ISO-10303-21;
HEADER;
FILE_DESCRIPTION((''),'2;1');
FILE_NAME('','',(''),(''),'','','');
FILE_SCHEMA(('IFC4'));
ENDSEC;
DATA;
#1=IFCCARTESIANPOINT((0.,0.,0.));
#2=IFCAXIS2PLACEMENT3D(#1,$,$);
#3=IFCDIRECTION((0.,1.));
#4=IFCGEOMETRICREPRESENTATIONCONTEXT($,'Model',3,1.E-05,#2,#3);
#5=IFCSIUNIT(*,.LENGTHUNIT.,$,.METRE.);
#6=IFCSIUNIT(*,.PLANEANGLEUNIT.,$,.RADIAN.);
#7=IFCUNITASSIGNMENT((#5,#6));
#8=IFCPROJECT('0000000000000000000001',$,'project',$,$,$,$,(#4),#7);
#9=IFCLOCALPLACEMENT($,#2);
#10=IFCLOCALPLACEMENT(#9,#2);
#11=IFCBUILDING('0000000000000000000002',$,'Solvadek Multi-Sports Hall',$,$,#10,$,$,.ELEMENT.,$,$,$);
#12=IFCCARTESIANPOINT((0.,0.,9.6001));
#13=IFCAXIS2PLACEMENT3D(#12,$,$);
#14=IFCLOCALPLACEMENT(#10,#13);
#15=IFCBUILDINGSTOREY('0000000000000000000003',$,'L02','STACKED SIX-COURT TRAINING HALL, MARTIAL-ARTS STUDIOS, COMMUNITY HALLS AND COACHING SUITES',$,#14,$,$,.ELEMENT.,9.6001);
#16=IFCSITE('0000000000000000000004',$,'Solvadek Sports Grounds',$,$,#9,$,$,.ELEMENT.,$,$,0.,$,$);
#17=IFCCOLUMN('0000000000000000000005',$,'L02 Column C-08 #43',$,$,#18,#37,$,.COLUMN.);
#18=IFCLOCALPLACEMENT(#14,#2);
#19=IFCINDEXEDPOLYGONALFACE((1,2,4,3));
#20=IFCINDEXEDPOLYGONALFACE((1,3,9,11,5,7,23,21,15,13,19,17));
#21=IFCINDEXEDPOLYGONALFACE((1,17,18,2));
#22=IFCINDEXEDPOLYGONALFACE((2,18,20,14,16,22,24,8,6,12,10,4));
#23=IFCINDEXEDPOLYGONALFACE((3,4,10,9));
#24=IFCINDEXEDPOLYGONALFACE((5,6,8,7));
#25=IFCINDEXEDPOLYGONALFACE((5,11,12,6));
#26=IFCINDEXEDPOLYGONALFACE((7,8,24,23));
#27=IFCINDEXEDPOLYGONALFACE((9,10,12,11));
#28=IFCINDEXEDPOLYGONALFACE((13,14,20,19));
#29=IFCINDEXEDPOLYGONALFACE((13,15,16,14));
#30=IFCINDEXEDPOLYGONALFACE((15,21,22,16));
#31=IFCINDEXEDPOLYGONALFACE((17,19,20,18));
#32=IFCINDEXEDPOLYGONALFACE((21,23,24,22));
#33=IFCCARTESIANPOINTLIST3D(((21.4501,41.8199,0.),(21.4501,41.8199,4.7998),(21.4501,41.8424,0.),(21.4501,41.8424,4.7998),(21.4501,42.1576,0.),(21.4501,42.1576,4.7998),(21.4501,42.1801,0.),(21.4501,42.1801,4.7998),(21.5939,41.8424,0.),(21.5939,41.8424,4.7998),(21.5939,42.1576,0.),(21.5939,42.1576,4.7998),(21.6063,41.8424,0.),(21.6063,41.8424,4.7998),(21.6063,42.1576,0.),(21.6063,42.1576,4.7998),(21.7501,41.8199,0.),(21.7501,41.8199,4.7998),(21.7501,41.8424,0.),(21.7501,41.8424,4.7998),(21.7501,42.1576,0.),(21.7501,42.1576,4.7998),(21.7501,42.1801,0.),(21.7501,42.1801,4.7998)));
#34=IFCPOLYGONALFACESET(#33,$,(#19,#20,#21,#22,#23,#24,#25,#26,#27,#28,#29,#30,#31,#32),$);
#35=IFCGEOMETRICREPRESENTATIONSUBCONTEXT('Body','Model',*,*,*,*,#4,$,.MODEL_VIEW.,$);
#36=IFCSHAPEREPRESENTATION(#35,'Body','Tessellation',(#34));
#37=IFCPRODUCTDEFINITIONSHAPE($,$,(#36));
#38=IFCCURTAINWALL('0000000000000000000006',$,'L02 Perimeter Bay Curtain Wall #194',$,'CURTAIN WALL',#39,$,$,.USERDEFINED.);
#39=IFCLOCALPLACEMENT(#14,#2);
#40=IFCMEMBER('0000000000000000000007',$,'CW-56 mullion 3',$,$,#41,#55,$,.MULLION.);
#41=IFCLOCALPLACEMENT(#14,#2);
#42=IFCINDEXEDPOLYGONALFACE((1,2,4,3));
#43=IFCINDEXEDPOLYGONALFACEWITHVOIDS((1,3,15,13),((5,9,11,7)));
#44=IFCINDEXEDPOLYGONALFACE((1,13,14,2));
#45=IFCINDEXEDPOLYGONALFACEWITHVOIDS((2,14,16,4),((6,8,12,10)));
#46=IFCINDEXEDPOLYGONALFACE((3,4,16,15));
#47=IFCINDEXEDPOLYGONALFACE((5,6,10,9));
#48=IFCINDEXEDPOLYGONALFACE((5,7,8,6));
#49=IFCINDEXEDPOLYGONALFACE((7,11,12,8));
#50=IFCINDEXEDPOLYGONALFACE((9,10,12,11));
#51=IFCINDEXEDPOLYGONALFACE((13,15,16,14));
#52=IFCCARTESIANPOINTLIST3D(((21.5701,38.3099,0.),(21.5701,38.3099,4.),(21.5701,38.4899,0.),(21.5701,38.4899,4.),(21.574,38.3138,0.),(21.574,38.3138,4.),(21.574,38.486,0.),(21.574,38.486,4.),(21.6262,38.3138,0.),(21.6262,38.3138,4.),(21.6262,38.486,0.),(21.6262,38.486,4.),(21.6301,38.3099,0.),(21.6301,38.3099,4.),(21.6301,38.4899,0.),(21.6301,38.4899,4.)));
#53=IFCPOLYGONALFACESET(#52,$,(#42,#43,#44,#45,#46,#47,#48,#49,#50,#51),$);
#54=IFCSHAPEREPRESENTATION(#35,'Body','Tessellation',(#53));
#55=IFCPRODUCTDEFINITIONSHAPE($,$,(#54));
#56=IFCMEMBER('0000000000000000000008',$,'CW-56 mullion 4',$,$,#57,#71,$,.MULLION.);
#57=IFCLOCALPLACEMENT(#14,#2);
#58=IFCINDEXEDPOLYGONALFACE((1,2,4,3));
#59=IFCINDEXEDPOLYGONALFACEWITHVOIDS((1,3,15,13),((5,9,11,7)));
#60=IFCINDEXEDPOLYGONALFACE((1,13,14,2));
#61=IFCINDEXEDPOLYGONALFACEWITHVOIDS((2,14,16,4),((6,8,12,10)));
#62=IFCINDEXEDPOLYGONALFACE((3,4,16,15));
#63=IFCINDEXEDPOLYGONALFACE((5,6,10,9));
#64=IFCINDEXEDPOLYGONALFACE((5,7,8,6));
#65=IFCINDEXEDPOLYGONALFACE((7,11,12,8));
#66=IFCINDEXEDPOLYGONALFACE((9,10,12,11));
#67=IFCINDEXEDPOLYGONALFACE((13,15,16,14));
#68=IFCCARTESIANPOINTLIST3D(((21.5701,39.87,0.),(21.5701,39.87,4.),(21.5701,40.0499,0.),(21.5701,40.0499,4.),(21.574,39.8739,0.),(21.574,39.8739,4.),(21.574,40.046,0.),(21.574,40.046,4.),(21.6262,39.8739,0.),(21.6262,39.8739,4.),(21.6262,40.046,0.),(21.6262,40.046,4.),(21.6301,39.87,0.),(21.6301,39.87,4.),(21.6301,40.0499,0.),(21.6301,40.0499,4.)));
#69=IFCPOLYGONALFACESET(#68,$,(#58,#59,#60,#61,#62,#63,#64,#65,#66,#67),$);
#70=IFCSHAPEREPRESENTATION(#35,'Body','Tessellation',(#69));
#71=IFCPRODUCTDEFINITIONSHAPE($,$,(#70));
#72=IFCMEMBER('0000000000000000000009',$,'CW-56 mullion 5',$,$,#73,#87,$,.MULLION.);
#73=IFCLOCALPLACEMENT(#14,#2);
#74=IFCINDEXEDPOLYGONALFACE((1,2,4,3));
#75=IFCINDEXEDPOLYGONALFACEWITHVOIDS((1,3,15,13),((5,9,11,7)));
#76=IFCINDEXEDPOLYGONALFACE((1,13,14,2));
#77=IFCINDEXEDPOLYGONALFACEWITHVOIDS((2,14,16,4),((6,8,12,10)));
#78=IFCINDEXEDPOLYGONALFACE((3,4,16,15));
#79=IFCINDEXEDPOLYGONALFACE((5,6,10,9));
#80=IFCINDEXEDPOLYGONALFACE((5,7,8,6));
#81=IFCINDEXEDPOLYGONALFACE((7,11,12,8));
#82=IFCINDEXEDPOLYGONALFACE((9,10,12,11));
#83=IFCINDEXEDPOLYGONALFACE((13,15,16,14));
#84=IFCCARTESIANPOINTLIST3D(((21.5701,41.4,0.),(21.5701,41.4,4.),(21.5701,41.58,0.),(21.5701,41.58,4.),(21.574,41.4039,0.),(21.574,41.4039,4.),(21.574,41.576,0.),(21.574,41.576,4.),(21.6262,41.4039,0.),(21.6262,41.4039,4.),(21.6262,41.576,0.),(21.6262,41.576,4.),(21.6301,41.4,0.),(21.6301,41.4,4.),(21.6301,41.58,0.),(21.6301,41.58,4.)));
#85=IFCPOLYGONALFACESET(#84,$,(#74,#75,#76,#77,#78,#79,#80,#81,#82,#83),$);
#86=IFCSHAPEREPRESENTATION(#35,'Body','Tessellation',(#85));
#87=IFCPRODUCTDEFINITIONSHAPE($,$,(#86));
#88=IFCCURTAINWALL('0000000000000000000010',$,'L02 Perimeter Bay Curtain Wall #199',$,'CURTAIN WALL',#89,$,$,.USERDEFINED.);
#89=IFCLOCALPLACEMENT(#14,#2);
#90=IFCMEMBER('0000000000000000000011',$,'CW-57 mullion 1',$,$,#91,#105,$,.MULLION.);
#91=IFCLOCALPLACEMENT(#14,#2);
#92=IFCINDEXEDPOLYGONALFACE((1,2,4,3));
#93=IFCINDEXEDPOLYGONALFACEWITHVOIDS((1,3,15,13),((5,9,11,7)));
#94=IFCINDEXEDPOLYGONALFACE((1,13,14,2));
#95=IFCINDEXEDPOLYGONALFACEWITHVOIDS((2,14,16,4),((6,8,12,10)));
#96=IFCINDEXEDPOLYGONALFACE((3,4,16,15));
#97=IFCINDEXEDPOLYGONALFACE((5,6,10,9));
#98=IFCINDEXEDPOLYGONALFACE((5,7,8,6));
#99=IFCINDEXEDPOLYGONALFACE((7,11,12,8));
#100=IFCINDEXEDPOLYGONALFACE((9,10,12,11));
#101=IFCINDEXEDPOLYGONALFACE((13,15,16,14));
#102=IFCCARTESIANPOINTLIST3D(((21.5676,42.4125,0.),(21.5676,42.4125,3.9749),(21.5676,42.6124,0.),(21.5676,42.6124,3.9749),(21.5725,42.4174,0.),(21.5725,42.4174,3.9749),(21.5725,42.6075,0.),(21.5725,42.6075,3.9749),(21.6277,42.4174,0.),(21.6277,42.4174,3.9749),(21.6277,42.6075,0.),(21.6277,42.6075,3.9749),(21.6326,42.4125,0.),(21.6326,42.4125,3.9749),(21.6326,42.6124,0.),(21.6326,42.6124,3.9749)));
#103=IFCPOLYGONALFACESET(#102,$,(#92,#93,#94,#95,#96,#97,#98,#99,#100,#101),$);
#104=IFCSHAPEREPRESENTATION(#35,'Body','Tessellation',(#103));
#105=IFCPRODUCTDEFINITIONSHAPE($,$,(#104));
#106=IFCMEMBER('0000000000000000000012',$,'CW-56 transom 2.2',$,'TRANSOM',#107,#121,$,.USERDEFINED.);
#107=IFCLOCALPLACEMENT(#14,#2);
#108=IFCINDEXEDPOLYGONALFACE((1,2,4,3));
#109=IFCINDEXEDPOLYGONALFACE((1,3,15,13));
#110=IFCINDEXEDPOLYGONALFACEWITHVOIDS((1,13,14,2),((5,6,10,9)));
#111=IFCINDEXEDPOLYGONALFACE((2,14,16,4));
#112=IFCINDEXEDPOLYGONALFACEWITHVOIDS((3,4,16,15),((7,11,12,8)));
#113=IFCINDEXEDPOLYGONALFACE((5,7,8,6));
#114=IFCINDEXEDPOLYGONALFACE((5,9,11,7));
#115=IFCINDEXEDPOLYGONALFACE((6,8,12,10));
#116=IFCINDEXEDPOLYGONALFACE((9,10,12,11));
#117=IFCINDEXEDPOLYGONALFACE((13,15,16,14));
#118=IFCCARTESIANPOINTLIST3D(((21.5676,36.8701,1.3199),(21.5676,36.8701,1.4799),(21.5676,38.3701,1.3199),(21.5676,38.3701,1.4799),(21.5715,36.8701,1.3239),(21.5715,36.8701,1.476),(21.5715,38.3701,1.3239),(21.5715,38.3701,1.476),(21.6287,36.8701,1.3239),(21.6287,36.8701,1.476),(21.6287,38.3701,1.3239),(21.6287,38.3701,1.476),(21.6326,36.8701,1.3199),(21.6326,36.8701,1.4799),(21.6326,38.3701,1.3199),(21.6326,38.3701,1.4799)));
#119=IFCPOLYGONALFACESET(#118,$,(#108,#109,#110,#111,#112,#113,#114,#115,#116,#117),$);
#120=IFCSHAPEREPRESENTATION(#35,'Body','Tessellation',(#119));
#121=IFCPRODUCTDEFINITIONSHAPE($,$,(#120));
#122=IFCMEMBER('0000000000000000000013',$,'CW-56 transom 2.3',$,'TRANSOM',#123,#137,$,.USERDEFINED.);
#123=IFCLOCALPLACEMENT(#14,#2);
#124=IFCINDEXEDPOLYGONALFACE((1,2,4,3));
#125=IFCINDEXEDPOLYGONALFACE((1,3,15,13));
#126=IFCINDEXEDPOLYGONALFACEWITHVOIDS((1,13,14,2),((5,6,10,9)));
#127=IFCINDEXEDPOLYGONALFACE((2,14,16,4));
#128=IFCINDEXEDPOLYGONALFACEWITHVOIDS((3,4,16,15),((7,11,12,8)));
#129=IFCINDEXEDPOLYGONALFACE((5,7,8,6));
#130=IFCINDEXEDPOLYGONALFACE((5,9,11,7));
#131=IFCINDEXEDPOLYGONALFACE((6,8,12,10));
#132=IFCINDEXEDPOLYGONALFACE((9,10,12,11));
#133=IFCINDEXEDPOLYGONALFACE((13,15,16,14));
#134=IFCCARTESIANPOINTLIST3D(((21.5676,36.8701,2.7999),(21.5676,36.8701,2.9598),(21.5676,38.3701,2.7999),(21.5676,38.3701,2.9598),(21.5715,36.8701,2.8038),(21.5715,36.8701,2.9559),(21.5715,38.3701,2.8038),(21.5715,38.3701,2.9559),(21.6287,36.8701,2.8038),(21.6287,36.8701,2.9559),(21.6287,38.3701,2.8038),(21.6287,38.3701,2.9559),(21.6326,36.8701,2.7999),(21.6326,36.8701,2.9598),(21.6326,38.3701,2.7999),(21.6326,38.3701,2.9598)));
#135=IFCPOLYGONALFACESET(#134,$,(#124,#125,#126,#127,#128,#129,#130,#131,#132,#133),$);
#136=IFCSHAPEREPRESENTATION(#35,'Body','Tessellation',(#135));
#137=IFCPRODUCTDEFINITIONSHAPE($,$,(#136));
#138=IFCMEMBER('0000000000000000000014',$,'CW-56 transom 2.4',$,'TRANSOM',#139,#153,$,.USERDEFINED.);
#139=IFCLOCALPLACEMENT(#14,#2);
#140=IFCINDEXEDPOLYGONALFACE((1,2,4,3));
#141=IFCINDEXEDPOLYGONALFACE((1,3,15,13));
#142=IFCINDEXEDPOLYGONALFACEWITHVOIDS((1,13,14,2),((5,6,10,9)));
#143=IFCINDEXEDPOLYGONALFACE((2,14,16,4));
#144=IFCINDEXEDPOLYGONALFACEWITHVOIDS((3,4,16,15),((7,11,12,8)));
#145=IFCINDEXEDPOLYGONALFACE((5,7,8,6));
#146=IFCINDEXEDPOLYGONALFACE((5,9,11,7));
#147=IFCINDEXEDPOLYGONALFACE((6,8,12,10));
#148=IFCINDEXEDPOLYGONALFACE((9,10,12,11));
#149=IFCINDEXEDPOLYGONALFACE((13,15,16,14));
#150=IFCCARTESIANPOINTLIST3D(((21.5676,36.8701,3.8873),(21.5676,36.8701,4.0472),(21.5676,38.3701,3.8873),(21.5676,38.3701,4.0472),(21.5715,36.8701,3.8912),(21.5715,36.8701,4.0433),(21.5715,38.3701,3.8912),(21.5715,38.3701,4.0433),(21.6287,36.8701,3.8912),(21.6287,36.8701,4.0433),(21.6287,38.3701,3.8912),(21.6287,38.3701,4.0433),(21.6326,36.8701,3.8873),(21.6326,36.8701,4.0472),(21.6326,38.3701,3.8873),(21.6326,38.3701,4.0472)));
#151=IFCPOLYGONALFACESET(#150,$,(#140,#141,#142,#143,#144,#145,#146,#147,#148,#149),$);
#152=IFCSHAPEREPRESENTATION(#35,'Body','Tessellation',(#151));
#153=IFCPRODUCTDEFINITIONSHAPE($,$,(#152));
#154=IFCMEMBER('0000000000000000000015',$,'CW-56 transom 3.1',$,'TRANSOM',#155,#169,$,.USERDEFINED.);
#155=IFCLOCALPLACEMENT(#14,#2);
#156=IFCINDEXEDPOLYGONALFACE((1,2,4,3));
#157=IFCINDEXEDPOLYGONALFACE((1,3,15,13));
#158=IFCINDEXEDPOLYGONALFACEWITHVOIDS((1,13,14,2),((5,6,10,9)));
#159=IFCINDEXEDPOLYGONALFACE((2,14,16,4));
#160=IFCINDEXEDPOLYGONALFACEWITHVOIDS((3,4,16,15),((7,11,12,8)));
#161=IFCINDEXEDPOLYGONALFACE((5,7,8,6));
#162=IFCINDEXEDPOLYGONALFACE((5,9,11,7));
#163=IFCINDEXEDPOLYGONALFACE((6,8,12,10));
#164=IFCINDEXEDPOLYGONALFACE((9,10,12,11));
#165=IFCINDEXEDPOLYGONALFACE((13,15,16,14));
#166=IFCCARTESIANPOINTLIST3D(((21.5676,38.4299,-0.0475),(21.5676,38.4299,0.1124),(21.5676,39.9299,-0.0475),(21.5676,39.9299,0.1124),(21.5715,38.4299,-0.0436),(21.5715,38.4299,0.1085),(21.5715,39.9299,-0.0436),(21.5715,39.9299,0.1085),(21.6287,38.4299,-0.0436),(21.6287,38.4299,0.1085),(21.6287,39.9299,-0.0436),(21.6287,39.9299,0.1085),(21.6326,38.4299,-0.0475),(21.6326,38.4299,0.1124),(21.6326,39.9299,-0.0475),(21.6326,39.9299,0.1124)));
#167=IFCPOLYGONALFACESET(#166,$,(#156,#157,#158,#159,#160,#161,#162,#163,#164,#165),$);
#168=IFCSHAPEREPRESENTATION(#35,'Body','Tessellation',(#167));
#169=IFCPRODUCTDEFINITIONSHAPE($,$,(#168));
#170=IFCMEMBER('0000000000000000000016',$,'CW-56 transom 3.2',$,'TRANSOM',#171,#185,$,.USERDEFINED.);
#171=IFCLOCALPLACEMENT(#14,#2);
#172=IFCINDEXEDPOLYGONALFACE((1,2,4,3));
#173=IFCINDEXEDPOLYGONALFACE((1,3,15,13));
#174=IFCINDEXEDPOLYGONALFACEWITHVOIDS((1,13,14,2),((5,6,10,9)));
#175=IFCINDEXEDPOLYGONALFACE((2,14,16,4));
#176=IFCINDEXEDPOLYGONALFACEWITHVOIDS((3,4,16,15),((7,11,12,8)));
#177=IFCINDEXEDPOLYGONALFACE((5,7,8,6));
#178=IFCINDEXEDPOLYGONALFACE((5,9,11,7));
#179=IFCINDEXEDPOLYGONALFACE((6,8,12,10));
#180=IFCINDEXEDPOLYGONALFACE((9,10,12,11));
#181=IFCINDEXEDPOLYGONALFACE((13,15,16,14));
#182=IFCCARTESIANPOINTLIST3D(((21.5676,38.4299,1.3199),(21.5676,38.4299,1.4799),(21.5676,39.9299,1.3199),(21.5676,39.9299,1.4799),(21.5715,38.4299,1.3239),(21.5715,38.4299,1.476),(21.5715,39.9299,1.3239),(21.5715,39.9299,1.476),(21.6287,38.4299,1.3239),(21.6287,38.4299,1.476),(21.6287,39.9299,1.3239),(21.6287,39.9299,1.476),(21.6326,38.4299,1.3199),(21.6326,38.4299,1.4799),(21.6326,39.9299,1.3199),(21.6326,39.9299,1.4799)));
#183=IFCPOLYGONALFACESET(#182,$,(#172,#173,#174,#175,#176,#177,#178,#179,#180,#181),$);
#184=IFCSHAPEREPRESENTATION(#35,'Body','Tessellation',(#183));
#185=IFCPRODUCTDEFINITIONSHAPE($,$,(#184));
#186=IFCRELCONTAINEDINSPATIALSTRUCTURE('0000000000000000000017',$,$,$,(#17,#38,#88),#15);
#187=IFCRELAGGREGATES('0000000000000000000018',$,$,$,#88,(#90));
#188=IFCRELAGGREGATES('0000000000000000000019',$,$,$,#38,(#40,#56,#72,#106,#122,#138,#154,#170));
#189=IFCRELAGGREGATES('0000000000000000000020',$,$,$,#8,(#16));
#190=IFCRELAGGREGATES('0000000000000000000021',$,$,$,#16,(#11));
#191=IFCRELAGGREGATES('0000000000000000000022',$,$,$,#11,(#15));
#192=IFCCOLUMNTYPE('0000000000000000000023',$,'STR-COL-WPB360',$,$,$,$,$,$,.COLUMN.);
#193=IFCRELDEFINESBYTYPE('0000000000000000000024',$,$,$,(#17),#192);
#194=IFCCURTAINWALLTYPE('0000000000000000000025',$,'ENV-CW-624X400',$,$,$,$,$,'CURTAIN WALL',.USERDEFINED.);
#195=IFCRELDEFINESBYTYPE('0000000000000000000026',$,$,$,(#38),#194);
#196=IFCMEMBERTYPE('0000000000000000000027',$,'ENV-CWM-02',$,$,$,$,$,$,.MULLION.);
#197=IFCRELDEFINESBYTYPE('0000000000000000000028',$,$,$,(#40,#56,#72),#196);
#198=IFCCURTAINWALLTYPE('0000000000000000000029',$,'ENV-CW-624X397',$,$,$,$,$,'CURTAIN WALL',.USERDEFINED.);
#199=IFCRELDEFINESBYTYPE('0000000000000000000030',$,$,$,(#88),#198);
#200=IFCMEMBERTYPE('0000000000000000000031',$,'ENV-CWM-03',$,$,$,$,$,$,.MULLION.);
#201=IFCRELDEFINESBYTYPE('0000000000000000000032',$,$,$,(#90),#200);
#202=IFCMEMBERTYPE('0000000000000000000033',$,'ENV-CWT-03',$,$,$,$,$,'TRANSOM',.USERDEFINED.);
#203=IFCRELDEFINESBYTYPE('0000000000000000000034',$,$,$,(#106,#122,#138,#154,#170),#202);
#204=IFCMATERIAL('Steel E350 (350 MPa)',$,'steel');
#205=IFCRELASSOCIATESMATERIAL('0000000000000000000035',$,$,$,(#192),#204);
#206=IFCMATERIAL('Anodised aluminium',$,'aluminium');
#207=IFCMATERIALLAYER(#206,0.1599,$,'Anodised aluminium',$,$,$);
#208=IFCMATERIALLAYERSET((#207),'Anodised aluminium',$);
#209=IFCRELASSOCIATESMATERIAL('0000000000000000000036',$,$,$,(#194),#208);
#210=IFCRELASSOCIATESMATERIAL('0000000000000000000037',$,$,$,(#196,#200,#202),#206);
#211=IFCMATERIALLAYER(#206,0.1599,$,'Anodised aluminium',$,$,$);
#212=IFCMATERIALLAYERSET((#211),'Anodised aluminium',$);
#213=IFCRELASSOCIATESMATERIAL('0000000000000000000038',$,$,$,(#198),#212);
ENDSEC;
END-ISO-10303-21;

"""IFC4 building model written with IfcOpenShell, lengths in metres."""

from ifc_helpers import new_model, si_unit, direction, frame, origin, origin_2d, place, context, subcontext, project, spatial, hollow_rectangle, i_section, extrude, material, layer, layer_set, material_profile, profile_set, type_object, element, aggregate, save


model = new_model("IFC4")

# Units and contexts
model_context = context("Model", 3, precision=1e-05, world=origin(), true_north=direction((0.0, 1.0)))
body_context = subcontext(model_context, "Body", "Model", "MODEL_VIEW")
ifc_project = project(units=[si_unit("LENGTHUNIT", "METRE"), si_unit("PLANEANGLEUNIT", "RADIAN")], contexts=[model_context])

# Site, building, storey
site_placement = place(None, origin())
site = spatial("IfcSite", under=ifc_project, at=site_placement, Name="Solvadek Sports Grounds", CompositionType="ELEMENT", RefElevation=0.0)
building_placement = place(site_placement, origin())
building = spatial("IfcBuilding", under=site, at=building_placement, Name="Solvadek Multi-Sports Hall", CompositionType="ELEMENT")
storey_placement = place(building_placement, frame((0.0, 0.0, 9.6001)))
storey = spatial("IfcBuildingStorey", under=building, at=storey_placement, Name="L02", Description="STACKED SIX-COURT TRAINING HALL, MARTIAL-ARTS STUDIOS, COMMUNITY HALLS AND COACHING SUITES", CompositionType="ELEMENT", Elevation=9.6001)

# Column
ifc_material_1 = material(Name="Steel E350 (350 MPa)", Category="steel")
ifc_material_profile_1 = material_profile(ifc_material_1, i_section(OverallWidth=0.3, OverallDepth=0.3601, WebThickness=0.0125, FlangeThickness=0.0225, at=origin_2d()), Name="WPB 360")
ifc_profile_set_1 = profile_set([ifc_material_profile_1], Name="Steel E350 (350 MPa)")
column_type = type_object("IfcColumnType", Name="STR-COL-WPB360", PredefinedType="COLUMN", material=ifc_profile_set_1)
column_placement = place(storey_placement, frame((21.6001, 42.0, 0.0), z_axis=(0.0, 0.0, 1.0), x_axis=(1.0, 0.0, 0.0)))
element("IfcColumn", 1, at=column_placement, inside=storey, type_object=column_type, Name="L02 Column C-08 #43", PredefinedType="COLUMN", context=body_context, shape_type="SweptSolid", body=[
    extrude(i_section(OverallWidth=0.3, OverallDepth=0.3601, WebThickness=0.0125, FlangeThickness=0.0225, at=origin_2d()), origin(), (0.0, 0.0, 1.0), 4.7998),
])

# Curtain wall, members
ifc_material_2 = material(Name="Anodised aluminium", Category="aluminium")
ifc_layer_1 = layer(ifc_material_2, 0.1599, Name="Anodised aluminium")
ifc_layer_set_1 = layer_set([ifc_layer_1], Name="Anodised aluminium")
curtain_wall_type_1 = type_object("IfcCurtainWallType", Name="ENV-CW-624X400", ElementType="CURTAIN WALL", PredefinedType="USERDEFINED", material=ifc_layer_set_1)
curtain_wall_1_placement = place(storey_placement, origin())
curtain_wall_1 = element("IfcCurtainWall", 2, at=curtain_wall_1_placement, inside=storey, type_object=curtain_wall_type_1, Name="L02 Perimeter Bay Curtain Wall #194", ObjectType="CURTAIN WALL", PredefinedType="USERDEFINED")
ifc_material_profile_2 = material_profile(ifc_material_2, hollow_rectangle(XDim=0.0601, YDim=0.1799, WallThickness=0.0039, at=origin_2d()), Name="ALU-M 180x60x4")
ifc_profile_set_2 = profile_set([ifc_material_profile_2], Name="Anodised aluminium")
member_type_1 = type_object("IfcMemberType", Name="ENV-CWM-02", PredefinedType="MULLION", material=ifc_profile_set_2)
member_1_placement = place(storey_placement, frame((21.6001, 38.3999, 0.0), z_axis=(0.0, 0.0, 1.0), x_axis=(-1.0, 0.0, 0.0)))
member_1 = element("IfcMember", 3, at=member_1_placement, type_object=member_type_1, Name="CW-56 mullion 3", PredefinedType="MULLION", context=body_context, shape_type="SweptSolid", body=[
    extrude(hollow_rectangle(XDim=0.0601, YDim=0.1799, WallThickness=0.0039, at=origin_2d()), origin(), (0.0, 0.0, 1.0), 4.0),
])
member_2_placement = place(storey_placement, frame((21.6001, 39.96, 0.0), z_axis=(0.0, 0.0, 1.0), x_axis=(-1.0, 0.0, 0.0)))
member_2 = element("IfcMember", 4, at=member_2_placement, type_object=member_type_1, Name="CW-56 mullion 4", PredefinedType="MULLION", context=body_context, shape_type="SweptSolid", body=[
    extrude(hollow_rectangle(XDim=0.0601, YDim=0.1799, WallThickness=0.0039, at=origin_2d()), origin(), (0.0, 0.0, 1.0), 4.0),
])
member_3_placement = place(storey_placement, frame((21.6001, 41.49, 0.0), z_axis=(0.0, 0.0, 1.0), x_axis=(-1.0, 0.0, 0.0)))
member_3 = element("IfcMember", 5, at=member_3_placement, type_object=member_type_1, Name="CW-56 mullion 5", PredefinedType="MULLION", context=body_context, shape_type="SweptSolid", body=[
    extrude(hollow_rectangle(XDim=0.0601, YDim=0.1799, WallThickness=0.0039, at=origin_2d()), origin(), (0.0, 0.0, 1.0), 4.0),
])

# Curtain wall, member
ifc_layer_2 = layer(ifc_material_2, 0.1599, Name="Anodised aluminium")
ifc_layer_set_2 = layer_set([ifc_layer_2], Name="Anodised aluminium")
curtain_wall_type_2 = type_object("IfcCurtainWallType", Name="ENV-CW-624X397", ElementType="CURTAIN WALL", PredefinedType="USERDEFINED", material=ifc_layer_set_2)
curtain_wall_2_placement = place(storey_placement, origin())
curtain_wall_2 = element("IfcCurtainWall", 6, at=curtain_wall_2_placement, inside=storey, type_object=curtain_wall_type_2, Name="L02 Perimeter Bay Curtain Wall #199", ObjectType="CURTAIN WALL", PredefinedType="USERDEFINED")
ifc_material_profile_3 = material_profile(ifc_material_2, hollow_rectangle(XDim=0.0649, YDim=0.2, WallThickness=0.0049, at=origin_2d()), Name="ALU-M 200x65x5")
ifc_profile_set_3 = profile_set([ifc_material_profile_3], Name="Anodised aluminium")
member_type_2 = type_object("IfcMemberType", Name="ENV-CWM-03", PredefinedType="MULLION", material=ifc_profile_set_3)
member_4_placement = place(storey_placement, frame((21.6001, 42.5125, 0.0), z_axis=(0.0, 0.0, 1.0), x_axis=(-1.0, 0.0, 0.0)))
member_4 = element("IfcMember", 7, at=member_4_placement, type_object=member_type_2, Name="CW-57 mullion 1", PredefinedType="MULLION", context=body_context, shape_type="SweptSolid", body=[
    extrude(hollow_rectangle(XDim=0.0649, YDim=0.2, WallThickness=0.0049, at=origin_2d()), origin(), (0.0, 0.0, 1.0), 3.9749),
])

# Members
ifc_material_profile_4 = material_profile(ifc_material_2, hollow_rectangle(XDim=0.0649, YDim=0.1599, WallThickness=0.0039, at=origin_2d()), Name="ALU-T 160x65x4")
ifc_profile_set_4 = profile_set([ifc_material_profile_4], Name="Anodised aluminium")
member_type_3 = type_object("IfcMemberType", Name="ENV-CWT-03", ElementType="TRANSOM", PredefinedType="USERDEFINED", material=ifc_profile_set_4)
member_5_placement = place(storey_placement, frame((21.6001, 36.8701, 1.3999), z_axis=(0.0, 1.0, 0.0), x_axis=(-1.0, 0.0, 0.0)))
member_5 = element("IfcMember", 8, at=member_5_placement, type_object=member_type_3, Name="CW-56 transom 2.2", ObjectType="TRANSOM", PredefinedType="USERDEFINED", context=body_context, shape_type="SweptSolid", body=[
    extrude(hollow_rectangle(XDim=0.0649, YDim=0.1599, WallThickness=0.0039, at=origin_2d()), origin(), (0.0, 0.0, 1.0), 1.5),
])
member_6_placement = place(storey_placement, frame((21.6001, 36.8701, 2.8799), z_axis=(0.0, 1.0, 0.0), x_axis=(-1.0, 0.0, 0.0)))
member_6 = element("IfcMember", 9, at=member_6_placement, type_object=member_type_3, Name="CW-56 transom 2.3", ObjectType="TRANSOM", PredefinedType="USERDEFINED", context=body_context, shape_type="SweptSolid", body=[
    extrude(hollow_rectangle(XDim=0.0649, YDim=0.1599, WallThickness=0.0039, at=origin_2d()), origin(), (0.0, 0.0, 1.0), 1.5),
])
member_7_placement = place(storey_placement, frame((21.6001, 36.8701, 3.9673), z_axis=(0.0, 1.0, 0.0), x_axis=(-1.0, 0.0, 0.0)))
member_7 = element("IfcMember", 10, at=member_7_placement, type_object=member_type_3, Name="CW-56 transom 2.4", ObjectType="TRANSOM", PredefinedType="USERDEFINED", context=body_context, shape_type="SweptSolid", body=[
    extrude(hollow_rectangle(XDim=0.0649, YDim=0.1599, WallThickness=0.0039, at=origin_2d()), origin(), (0.0, 0.0, 1.0), 1.5),
])
member_8_placement = place(storey_placement, frame((21.6001, 38.4299, 0.0325), z_axis=(0.0, 1.0, 0.0), x_axis=(-1.0, 0.0, 0.0)))
member_8 = element("IfcMember", 11, at=member_8_placement, type_object=member_type_3, Name="CW-56 transom 3.1", ObjectType="TRANSOM", PredefinedType="USERDEFINED", context=body_context, shape_type="SweptSolid", body=[
    extrude(hollow_rectangle(XDim=0.0649, YDim=0.1599, WallThickness=0.0039, at=origin_2d()), origin(), (0.0, 0.0, 1.0), 1.5),
])
member_9_placement = place(storey_placement, frame((21.6001, 38.4299, 1.3999), z_axis=(0.0, 1.0, 0.0), x_axis=(-1.0, 0.0, 0.0)))
member_9 = element("IfcMember", 12, at=member_9_placement, type_object=member_type_3, Name="CW-56 transom 3.2", ObjectType="TRANSOM", PredefinedType="USERDEFINED", context=body_context, shape_type="SweptSolid", body=[
    extrude(hollow_rectangle(XDim=0.0649, YDim=0.1599, WallThickness=0.0039, at=origin_2d()), origin(), (0.0, 0.0, 1.0), 1.5),
])
aggregate(curtain_wall_2, [member_4])

aggregate(curtain_wall_1, [member_1, member_2, member_3, member_5, member_6, member_7, member_8, member_9])

save(model, "model.ifc")
